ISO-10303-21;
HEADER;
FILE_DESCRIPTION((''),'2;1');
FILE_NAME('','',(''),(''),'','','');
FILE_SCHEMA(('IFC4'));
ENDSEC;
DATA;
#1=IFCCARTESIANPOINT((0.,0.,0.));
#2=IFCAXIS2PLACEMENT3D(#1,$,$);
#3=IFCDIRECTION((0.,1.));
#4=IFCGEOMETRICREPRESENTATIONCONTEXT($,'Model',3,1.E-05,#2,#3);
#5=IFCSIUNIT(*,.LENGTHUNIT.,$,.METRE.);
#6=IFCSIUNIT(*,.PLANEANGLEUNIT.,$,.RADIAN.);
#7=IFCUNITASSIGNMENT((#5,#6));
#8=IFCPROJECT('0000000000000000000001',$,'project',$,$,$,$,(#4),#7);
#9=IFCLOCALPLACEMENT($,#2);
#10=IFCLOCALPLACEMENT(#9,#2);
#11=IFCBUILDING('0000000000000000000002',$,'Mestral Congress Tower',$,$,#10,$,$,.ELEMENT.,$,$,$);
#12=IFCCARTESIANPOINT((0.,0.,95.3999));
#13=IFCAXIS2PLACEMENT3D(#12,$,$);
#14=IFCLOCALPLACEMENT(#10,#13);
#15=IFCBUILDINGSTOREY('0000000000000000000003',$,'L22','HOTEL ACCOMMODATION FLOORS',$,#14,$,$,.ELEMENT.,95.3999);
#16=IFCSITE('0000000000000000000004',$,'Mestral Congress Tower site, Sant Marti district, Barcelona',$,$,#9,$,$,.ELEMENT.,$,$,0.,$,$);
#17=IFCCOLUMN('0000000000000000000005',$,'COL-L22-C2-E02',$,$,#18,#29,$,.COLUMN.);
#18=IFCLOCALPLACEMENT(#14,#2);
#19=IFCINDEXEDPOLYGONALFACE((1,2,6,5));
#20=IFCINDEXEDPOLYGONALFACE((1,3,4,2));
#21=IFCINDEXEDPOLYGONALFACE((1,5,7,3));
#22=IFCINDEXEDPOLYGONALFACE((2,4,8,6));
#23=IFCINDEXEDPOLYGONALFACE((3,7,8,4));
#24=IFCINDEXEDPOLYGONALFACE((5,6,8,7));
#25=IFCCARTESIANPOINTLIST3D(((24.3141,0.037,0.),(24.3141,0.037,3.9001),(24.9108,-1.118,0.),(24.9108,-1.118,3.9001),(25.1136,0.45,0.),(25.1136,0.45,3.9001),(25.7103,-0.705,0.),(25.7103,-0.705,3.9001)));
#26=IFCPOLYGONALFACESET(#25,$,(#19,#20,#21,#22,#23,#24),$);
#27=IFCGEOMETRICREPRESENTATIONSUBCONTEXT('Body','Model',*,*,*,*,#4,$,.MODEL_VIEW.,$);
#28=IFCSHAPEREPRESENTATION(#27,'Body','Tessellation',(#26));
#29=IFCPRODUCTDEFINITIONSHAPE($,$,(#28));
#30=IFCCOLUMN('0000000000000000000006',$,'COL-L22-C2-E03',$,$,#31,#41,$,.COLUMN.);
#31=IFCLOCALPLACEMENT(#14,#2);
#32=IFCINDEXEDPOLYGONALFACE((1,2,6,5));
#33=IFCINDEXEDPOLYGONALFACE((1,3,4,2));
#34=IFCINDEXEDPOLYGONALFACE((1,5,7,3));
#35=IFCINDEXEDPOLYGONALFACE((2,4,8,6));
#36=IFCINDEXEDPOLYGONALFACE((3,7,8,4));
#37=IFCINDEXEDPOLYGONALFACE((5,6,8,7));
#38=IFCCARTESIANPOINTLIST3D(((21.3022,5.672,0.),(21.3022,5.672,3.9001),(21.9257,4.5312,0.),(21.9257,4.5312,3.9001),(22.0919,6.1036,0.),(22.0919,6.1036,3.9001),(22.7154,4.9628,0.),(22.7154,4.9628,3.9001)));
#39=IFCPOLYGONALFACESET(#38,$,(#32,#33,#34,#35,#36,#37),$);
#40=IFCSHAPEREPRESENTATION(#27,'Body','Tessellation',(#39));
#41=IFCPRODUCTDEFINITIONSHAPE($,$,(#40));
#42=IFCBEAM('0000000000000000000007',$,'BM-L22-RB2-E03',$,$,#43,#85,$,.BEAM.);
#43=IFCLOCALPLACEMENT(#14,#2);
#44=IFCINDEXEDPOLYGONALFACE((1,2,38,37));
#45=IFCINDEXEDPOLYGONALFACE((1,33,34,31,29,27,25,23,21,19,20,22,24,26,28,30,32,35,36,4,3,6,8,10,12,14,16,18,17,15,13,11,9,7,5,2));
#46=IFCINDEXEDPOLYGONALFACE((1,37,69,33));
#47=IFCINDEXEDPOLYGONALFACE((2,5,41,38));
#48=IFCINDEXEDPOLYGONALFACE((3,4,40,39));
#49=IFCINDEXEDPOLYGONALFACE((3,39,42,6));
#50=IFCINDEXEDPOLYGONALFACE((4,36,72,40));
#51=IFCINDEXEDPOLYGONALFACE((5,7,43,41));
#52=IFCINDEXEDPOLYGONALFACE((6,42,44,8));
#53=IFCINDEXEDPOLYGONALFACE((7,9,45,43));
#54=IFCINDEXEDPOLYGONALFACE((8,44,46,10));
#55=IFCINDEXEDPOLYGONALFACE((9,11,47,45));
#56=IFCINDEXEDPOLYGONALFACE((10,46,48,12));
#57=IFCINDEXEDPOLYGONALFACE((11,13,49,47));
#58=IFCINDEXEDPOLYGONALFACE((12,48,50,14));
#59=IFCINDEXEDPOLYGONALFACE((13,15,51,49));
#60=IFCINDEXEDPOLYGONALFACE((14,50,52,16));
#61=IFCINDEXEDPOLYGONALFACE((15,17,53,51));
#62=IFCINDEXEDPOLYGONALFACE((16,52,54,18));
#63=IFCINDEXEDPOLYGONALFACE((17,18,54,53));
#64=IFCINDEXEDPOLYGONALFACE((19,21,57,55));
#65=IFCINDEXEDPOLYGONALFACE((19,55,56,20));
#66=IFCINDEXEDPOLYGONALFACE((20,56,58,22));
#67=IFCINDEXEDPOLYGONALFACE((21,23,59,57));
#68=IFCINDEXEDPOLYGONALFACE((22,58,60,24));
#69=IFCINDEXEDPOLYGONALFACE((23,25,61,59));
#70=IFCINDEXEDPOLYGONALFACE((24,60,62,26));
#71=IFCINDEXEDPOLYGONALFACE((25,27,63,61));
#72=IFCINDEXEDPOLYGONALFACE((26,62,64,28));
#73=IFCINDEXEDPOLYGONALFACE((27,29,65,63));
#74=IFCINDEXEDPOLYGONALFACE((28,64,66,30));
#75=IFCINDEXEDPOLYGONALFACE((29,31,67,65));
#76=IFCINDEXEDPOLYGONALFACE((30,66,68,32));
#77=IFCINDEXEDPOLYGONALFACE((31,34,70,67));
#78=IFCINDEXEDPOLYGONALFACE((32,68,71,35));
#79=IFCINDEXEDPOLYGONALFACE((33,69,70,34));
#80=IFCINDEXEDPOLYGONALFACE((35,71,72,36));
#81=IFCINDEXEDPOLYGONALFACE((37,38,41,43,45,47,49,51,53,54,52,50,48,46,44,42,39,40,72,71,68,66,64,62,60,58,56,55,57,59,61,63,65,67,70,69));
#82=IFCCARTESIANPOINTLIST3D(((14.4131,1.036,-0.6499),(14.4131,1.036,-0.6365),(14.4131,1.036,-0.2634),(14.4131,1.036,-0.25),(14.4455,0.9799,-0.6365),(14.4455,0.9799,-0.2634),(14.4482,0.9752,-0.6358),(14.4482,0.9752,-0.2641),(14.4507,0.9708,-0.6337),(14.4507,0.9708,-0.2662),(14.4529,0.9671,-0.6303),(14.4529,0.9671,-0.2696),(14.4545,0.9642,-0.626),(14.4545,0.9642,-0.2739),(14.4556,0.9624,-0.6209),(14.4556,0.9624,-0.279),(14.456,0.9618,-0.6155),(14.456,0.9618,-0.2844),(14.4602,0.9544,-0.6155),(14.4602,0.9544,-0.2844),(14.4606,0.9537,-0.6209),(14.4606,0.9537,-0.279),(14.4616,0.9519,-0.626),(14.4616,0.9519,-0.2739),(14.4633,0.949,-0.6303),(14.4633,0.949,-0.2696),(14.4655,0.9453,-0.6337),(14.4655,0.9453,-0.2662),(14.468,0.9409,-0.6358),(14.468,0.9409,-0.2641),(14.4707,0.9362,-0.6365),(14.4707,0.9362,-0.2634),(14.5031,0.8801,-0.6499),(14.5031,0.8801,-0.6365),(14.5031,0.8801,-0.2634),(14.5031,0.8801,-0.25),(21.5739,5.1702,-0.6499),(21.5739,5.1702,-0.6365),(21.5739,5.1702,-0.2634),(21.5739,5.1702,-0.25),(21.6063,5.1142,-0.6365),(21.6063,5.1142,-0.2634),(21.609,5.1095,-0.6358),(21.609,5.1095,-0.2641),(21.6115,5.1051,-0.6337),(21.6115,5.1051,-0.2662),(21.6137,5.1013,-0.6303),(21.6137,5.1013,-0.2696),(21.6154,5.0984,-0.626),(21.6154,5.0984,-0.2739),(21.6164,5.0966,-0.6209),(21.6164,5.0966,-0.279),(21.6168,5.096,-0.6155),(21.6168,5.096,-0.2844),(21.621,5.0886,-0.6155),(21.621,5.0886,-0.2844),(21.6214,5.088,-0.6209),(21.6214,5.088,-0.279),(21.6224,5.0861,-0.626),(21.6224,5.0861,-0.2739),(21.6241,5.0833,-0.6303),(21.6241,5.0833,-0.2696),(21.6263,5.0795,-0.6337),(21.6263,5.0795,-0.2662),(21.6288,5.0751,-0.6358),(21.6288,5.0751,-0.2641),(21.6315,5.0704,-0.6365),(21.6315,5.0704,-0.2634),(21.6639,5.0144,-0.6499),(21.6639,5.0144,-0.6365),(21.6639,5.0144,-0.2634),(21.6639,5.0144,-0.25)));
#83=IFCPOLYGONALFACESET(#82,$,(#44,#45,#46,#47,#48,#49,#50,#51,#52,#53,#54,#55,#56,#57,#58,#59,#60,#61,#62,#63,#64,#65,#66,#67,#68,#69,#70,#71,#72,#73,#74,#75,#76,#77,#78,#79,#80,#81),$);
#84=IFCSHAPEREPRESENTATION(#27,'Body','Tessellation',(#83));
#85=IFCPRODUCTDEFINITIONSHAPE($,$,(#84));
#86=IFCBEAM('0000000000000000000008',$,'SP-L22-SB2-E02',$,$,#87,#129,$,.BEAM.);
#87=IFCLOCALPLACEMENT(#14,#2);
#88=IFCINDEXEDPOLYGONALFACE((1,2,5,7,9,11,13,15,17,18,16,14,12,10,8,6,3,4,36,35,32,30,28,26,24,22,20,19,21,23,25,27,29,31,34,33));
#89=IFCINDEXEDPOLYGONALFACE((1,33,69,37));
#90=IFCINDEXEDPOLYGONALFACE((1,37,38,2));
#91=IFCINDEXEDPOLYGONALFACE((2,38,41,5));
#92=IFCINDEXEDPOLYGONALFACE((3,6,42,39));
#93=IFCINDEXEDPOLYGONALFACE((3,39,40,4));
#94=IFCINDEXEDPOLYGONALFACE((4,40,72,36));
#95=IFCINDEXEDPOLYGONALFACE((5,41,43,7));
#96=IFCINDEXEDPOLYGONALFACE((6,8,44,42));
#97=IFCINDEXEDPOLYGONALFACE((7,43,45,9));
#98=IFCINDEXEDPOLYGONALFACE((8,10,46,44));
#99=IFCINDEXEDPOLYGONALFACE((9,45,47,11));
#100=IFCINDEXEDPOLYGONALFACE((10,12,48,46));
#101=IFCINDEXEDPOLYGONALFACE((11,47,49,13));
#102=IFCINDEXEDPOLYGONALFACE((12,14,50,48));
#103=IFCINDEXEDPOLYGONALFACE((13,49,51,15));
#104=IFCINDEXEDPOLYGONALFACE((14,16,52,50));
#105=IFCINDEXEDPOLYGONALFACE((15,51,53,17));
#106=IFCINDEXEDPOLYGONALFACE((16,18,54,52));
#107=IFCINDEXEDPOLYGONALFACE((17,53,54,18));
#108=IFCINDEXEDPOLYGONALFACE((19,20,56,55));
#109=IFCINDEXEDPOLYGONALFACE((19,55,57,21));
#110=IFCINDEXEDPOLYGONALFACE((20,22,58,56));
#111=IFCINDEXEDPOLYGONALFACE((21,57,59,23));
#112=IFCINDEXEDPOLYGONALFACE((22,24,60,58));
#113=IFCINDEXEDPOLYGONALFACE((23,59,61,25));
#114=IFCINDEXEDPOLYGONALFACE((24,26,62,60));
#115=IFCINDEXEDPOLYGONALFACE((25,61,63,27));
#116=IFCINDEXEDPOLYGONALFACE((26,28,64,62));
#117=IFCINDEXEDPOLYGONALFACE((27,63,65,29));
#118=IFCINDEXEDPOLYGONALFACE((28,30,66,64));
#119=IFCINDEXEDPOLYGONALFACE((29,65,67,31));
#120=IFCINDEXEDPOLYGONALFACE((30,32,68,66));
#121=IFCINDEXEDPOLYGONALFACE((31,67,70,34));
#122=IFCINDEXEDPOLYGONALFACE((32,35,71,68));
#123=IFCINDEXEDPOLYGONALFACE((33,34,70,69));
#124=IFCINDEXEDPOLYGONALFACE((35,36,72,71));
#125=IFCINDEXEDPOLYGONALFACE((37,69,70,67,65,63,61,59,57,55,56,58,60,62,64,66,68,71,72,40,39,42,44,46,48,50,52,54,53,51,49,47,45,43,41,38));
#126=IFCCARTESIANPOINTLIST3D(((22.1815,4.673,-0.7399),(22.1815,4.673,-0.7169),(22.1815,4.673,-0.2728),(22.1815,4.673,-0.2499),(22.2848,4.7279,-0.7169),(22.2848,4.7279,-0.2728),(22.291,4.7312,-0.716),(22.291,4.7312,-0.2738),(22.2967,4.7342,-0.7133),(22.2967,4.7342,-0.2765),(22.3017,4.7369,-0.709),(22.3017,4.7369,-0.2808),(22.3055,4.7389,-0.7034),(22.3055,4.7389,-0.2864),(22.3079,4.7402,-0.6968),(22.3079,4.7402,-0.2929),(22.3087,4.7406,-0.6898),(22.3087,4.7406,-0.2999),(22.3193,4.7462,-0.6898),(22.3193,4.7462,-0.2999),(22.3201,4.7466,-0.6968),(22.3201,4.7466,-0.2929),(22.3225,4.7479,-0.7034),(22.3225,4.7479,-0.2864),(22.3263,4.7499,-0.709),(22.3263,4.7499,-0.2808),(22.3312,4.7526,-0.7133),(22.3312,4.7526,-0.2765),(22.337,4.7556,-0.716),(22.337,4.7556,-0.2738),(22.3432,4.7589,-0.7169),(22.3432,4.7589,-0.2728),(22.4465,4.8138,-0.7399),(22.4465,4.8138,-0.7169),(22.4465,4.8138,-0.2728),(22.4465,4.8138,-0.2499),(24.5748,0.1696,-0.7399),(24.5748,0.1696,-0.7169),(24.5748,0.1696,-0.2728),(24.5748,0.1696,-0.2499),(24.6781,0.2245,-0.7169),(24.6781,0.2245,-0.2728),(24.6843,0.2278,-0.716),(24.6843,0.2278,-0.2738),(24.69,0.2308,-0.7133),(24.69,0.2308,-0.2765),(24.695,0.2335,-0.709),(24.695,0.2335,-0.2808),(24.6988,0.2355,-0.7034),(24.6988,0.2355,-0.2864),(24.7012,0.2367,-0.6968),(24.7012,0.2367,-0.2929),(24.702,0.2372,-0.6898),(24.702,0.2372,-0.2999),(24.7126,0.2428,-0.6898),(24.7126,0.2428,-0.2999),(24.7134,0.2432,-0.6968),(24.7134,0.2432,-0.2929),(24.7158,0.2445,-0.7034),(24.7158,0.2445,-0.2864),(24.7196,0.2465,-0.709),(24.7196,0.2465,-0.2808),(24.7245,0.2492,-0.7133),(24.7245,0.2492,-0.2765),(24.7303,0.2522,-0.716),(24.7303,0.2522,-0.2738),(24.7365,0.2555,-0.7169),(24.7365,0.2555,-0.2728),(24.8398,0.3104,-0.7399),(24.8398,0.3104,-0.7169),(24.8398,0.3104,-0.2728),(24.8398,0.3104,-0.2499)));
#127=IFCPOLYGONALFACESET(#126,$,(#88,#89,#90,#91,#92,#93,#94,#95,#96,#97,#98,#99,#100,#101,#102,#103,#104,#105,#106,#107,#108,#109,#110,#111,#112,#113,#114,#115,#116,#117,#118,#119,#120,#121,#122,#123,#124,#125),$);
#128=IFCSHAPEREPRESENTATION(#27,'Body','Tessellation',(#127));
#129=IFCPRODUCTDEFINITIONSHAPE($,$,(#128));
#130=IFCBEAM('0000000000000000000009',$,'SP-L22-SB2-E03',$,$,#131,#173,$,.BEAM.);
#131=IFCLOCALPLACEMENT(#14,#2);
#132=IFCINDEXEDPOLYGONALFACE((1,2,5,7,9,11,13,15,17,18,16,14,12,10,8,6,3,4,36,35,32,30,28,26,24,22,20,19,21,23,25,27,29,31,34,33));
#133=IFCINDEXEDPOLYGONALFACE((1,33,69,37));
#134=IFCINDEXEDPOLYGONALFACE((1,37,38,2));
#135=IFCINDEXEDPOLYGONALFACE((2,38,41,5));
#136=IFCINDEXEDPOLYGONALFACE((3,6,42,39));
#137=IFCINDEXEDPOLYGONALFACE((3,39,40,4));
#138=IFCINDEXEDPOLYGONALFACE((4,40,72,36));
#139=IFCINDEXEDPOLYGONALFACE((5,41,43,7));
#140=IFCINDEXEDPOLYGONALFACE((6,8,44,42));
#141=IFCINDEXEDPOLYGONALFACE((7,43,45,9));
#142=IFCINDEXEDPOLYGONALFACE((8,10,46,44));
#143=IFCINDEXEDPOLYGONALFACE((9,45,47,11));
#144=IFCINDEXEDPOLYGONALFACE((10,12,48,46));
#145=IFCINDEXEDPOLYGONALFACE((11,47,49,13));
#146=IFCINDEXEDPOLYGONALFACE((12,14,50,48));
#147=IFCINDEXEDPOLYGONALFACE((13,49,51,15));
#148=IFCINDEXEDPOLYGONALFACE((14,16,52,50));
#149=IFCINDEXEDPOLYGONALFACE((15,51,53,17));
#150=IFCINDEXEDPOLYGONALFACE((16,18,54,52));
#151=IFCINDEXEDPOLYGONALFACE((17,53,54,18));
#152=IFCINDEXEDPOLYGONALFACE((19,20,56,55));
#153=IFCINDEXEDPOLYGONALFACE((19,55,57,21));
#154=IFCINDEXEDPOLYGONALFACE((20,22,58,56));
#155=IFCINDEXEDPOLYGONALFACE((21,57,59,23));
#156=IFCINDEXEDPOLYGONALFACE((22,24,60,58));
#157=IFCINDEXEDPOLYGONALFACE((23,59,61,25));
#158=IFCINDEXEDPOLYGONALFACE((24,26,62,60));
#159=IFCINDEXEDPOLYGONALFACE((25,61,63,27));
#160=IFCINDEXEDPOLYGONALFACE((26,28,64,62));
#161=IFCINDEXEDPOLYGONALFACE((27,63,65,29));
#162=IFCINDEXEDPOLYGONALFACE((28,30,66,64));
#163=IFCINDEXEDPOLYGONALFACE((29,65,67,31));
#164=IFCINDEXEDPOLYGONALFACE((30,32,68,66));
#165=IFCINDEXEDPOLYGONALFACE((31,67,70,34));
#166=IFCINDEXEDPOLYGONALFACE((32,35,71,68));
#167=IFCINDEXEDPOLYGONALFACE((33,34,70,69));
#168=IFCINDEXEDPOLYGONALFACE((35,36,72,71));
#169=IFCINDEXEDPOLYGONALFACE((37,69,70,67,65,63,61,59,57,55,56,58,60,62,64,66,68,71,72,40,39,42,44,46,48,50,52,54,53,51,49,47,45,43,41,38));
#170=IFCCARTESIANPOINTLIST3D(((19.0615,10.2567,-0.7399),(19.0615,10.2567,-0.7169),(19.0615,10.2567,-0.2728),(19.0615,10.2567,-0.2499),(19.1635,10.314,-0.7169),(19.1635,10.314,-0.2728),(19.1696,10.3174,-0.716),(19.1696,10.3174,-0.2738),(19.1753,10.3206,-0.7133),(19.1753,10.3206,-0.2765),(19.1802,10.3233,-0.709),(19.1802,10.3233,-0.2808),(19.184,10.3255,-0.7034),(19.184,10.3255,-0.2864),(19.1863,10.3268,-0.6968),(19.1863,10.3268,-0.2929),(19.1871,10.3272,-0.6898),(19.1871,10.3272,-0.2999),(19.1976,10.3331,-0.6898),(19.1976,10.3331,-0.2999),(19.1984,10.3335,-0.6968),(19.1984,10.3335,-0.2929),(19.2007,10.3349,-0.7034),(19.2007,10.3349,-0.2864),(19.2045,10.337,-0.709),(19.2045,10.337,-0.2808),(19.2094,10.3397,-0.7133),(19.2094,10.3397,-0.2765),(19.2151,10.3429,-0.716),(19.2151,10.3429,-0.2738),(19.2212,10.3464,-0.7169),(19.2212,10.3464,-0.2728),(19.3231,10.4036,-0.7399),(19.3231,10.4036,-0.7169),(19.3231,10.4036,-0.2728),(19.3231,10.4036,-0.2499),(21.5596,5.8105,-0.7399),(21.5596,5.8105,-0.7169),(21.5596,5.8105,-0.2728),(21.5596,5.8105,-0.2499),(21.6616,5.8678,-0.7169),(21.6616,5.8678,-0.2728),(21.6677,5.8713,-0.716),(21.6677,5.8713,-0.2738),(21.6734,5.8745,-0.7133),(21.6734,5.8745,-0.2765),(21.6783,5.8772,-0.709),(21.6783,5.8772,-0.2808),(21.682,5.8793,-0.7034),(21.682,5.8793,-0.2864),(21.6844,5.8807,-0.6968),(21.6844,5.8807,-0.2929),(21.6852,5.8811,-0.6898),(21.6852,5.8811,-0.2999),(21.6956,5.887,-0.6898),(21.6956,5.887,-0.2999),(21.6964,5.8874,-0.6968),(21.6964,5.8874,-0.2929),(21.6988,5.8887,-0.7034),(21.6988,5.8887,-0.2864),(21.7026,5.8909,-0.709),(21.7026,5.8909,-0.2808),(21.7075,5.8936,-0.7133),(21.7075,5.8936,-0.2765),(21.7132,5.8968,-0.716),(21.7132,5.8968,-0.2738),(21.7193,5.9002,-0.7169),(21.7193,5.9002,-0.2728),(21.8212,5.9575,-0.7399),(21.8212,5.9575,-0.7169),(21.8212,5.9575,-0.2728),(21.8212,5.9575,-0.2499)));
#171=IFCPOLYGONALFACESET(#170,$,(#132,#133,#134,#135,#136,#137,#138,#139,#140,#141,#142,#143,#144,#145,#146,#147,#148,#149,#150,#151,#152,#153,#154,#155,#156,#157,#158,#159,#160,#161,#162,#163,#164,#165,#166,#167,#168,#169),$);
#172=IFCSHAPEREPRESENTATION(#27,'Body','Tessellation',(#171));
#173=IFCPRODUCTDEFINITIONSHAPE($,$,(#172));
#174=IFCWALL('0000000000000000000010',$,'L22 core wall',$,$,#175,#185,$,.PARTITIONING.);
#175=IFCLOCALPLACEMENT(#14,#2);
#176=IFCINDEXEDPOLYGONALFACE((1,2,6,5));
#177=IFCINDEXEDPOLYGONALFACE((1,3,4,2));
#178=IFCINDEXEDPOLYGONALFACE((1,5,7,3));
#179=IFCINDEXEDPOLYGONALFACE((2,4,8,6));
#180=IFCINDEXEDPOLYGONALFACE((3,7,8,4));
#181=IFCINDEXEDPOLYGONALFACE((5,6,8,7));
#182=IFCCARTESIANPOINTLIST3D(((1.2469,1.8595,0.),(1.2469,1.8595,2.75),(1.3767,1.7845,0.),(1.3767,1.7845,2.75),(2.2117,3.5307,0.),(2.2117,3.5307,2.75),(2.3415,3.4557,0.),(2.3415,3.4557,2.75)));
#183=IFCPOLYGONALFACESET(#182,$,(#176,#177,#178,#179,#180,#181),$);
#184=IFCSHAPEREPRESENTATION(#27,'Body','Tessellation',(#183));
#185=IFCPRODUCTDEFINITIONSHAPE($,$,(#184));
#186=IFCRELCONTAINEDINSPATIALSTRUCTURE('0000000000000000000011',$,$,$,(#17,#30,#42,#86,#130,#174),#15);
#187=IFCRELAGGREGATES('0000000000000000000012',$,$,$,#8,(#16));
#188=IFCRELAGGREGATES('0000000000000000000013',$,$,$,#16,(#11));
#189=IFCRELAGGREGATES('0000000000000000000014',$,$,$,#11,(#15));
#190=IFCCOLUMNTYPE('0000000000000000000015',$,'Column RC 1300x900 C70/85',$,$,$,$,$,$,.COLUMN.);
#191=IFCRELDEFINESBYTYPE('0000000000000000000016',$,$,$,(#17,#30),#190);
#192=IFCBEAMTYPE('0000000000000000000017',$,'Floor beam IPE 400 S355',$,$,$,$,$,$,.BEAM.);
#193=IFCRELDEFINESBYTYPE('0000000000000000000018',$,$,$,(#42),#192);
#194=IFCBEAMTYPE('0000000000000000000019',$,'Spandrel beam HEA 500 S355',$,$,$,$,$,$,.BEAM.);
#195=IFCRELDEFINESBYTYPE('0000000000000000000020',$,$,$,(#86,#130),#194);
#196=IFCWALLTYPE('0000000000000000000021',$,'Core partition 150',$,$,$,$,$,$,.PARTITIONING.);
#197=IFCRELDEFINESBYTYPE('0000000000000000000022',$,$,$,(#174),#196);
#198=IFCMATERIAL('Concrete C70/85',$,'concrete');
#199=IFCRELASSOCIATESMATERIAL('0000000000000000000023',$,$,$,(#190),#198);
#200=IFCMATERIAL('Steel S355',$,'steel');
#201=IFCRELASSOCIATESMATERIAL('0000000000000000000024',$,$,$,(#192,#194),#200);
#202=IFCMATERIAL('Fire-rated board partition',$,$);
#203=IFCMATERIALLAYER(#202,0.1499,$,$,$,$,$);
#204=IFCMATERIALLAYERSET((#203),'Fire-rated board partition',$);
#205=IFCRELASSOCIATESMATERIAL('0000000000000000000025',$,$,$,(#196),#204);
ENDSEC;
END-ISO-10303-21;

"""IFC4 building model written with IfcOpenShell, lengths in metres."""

from ifc_helpers import new_model, si_unit, direction, frame, frame_2d, origin, origin_2d, place, context, subcontext, project, spatial, rectangle, i_section, extrude, material, layer, layer_set, material_profile, profile_set, type_object, element, save


model = new_model("IFC4")

# Units and contexts
model_context = context("Model", 3, precision=1e-05, world=origin(), true_north=direction((0.0, 1.0)))
body_context = subcontext(model_context, "Body", "Model", "MODEL_VIEW")
ifc_project = project(units=[si_unit("LENGTHUNIT", "METRE"), si_unit("PLANEANGLEUNIT", "RADIAN")], contexts=[model_context])

# Site, building, storey
site_placement = place(None, origin())
site = spatial("IfcSite", under=ifc_project, at=site_placement, Name="Mestral Congress Tower site, Sant Marti district, Barcelona", CompositionType="ELEMENT", RefElevation=0.0)
building_placement = place(site_placement, origin())
building = spatial("IfcBuilding", under=site, at=building_placement, Name="Mestral Congress Tower", CompositionType="ELEMENT")
storey_placement = place(building_placement, frame((0.0, 0.0, 95.3999)))
storey = spatial("IfcBuildingStorey", under=building, at=storey_placement, Name="L22", Description="HOTEL ACCOMMODATION FLOORS", CompositionType="ELEMENT", Elevation=95.3999)

# Columns
ifc_material_1 = material(Name="Concrete C70/85", Category="concrete")
ifc_material_profile_1 = material_profile(ifc_material_1, rectangle(XDim=1.3, YDim=0.8999, at=origin_2d()), Name="RC 1300x900")
ifc_profile_set_1 = profile_set([ifc_material_profile_1], Name="Concrete C70/85")
column_type = type_object("IfcColumnType", Name="Column RC 1300x900 C70/85", PredefinedType="COLUMN", material=ifc_profile_set_1)
for number, where, z_axis, x_axis, name in (
    (1, (25.0122, -0.334, 0.0), (0.0, 0.0, 1.0), (-0.458961, 0.888456, 0.0), "COL-L22-C2-E02"),
    (2, (22.0088, 5.3174, 0.0), (0.0, 0.0, 1.0), (-0.479613, 0.87748, 0.0), "COL-L22-C2-E03"),
):
    element("IfcColumn", number, at=place(storey_placement, frame(where, z_axis=z_axis, x_axis=x_axis)), inside=storey, type_object=column_type, Name=name, PredefinedType="COLUMN", context=body_context, shape_type="SweptSolid", body=[
        extrude(rectangle(XDim=1.3, YDim=0.8999, at=origin_2d()), origin(), (0.0, 0.0, 1.0), 3.9001),
    ])

# Beams
ifc_material_2 = material(Name="Steel S355", Category="steel")
ifc_material_profile_2 = material_profile(ifc_material_2, i_section(OverallWidth=0.1799, OverallDepth=0.3999, WebThickness=0.0085, FlangeThickness=0.0134, FilletRadius=0.021, at=origin_2d()), Name="IPE 400")
ifc_profile_set_2 = profile_set([ifc_material_profile_2], Name="Steel S355")
beam_type_1 = type_object("IfcBeamType", Name="Floor beam IPE 400 S355", PredefinedType="BEAM", material=ifc_profile_set_2)
beam_placement = place(storey_placement, frame((21.6189, 5.0923, -0.45), z_axis=(-0.866029, -0.499994, 0.0), x_axis=(0.499994, -0.866029, 0.0)))
element("IfcBeam", 3, at=beam_placement, inside=storey, type_object=beam_type_1, Name="BM-L22-RB2-E03", PredefinedType="BEAM", context=body_context, shape_type="SweptSolid", body=[
    extrude(i_section(OverallWidth=0.1799, OverallDepth=0.3999, WebThickness=0.0085, FlangeThickness=0.0134, FilletRadius=0.021, at=origin_2d()), origin(), (0.0, 0.0, 1.0), 8.2686),
])
ifc_material_profile_3 = material_profile(ifc_material_2, i_section(OverallWidth=0.3, OverallDepth=0.49, WebThickness=0.012, FlangeThickness=0.0229, FilletRadius=0.0271, at=origin_2d()), Name="HEA 500")
ifc_profile_set_3 = profile_set([ifc_material_profile_3], Name="Steel S355")
beam_type_2 = type_object("IfcBeamType", Name="Spandrel beam HEA 500 S355", PredefinedType="BEAM", material=ifc_profile_set_3)
for number, where, z_axis, x_axis, name in (
    (4, (24.7073, 0.24, -0.4949), (-0.469288, 0.883045, 0.0), (-0.883045, -0.469288, 0.0), "SP-L22-SB2-E02"),
    (5, (21.6904, 5.884, -0.4949), (-0.489836, 0.871815, 0.0), (-0.871815, -0.489836, 0.0), "SP-L22-SB2-E03"),
):
    element("IfcBeam", number, at=place(storey_placement, frame(where, z_axis=z_axis, x_axis=x_axis)), inside=storey, type_object=beam_type_2, Name=name, PredefinedType="BEAM", context=body_context, shape_type="SweptSolid", body=[
        extrude(i_section(OverallWidth=0.3, OverallDepth=0.49, WebThickness=0.012, FlangeThickness=0.0229, FilletRadius=0.0271, at=origin_2d()), origin(), (0.0, 0.0, 1.0), 5.0999),
    ])

# Wall
ifc_material_3 = material(Name="Fire-rated board partition")
ifc_layer_1 = layer(ifc_material_3, 0.1499)
ifc_layer_set_1 = layer_set([ifc_layer_1], Name="Fire-rated board partition")
wall_type_1 = type_object("IfcWallType", Name="Core partition 150", PredefinedType="PARTITIONING", material=ifc_layer_set_1)
wall_1_placement = place(storey_placement, frame((1.3118, 1.822, 0.0), z_axis=(0.0, 0.0, 1.0), x_axis=(0.500004, 0.866023, 0.0)))
element("IfcWall", 6, at=wall_1_placement, inside=storey, type_object=wall_type_1, Name="L22 core wall", PredefinedType="PARTITIONING", context=body_context, shape_type="SweptSolid", body=[
    extrude(rectangle(XDim=1.9297, YDim=0.1499, at=frame_2d((0.9648, 0.0))), origin(), (0.0, 0.0, 1.0), 2.75),
])

save(model, "model.ifc")
